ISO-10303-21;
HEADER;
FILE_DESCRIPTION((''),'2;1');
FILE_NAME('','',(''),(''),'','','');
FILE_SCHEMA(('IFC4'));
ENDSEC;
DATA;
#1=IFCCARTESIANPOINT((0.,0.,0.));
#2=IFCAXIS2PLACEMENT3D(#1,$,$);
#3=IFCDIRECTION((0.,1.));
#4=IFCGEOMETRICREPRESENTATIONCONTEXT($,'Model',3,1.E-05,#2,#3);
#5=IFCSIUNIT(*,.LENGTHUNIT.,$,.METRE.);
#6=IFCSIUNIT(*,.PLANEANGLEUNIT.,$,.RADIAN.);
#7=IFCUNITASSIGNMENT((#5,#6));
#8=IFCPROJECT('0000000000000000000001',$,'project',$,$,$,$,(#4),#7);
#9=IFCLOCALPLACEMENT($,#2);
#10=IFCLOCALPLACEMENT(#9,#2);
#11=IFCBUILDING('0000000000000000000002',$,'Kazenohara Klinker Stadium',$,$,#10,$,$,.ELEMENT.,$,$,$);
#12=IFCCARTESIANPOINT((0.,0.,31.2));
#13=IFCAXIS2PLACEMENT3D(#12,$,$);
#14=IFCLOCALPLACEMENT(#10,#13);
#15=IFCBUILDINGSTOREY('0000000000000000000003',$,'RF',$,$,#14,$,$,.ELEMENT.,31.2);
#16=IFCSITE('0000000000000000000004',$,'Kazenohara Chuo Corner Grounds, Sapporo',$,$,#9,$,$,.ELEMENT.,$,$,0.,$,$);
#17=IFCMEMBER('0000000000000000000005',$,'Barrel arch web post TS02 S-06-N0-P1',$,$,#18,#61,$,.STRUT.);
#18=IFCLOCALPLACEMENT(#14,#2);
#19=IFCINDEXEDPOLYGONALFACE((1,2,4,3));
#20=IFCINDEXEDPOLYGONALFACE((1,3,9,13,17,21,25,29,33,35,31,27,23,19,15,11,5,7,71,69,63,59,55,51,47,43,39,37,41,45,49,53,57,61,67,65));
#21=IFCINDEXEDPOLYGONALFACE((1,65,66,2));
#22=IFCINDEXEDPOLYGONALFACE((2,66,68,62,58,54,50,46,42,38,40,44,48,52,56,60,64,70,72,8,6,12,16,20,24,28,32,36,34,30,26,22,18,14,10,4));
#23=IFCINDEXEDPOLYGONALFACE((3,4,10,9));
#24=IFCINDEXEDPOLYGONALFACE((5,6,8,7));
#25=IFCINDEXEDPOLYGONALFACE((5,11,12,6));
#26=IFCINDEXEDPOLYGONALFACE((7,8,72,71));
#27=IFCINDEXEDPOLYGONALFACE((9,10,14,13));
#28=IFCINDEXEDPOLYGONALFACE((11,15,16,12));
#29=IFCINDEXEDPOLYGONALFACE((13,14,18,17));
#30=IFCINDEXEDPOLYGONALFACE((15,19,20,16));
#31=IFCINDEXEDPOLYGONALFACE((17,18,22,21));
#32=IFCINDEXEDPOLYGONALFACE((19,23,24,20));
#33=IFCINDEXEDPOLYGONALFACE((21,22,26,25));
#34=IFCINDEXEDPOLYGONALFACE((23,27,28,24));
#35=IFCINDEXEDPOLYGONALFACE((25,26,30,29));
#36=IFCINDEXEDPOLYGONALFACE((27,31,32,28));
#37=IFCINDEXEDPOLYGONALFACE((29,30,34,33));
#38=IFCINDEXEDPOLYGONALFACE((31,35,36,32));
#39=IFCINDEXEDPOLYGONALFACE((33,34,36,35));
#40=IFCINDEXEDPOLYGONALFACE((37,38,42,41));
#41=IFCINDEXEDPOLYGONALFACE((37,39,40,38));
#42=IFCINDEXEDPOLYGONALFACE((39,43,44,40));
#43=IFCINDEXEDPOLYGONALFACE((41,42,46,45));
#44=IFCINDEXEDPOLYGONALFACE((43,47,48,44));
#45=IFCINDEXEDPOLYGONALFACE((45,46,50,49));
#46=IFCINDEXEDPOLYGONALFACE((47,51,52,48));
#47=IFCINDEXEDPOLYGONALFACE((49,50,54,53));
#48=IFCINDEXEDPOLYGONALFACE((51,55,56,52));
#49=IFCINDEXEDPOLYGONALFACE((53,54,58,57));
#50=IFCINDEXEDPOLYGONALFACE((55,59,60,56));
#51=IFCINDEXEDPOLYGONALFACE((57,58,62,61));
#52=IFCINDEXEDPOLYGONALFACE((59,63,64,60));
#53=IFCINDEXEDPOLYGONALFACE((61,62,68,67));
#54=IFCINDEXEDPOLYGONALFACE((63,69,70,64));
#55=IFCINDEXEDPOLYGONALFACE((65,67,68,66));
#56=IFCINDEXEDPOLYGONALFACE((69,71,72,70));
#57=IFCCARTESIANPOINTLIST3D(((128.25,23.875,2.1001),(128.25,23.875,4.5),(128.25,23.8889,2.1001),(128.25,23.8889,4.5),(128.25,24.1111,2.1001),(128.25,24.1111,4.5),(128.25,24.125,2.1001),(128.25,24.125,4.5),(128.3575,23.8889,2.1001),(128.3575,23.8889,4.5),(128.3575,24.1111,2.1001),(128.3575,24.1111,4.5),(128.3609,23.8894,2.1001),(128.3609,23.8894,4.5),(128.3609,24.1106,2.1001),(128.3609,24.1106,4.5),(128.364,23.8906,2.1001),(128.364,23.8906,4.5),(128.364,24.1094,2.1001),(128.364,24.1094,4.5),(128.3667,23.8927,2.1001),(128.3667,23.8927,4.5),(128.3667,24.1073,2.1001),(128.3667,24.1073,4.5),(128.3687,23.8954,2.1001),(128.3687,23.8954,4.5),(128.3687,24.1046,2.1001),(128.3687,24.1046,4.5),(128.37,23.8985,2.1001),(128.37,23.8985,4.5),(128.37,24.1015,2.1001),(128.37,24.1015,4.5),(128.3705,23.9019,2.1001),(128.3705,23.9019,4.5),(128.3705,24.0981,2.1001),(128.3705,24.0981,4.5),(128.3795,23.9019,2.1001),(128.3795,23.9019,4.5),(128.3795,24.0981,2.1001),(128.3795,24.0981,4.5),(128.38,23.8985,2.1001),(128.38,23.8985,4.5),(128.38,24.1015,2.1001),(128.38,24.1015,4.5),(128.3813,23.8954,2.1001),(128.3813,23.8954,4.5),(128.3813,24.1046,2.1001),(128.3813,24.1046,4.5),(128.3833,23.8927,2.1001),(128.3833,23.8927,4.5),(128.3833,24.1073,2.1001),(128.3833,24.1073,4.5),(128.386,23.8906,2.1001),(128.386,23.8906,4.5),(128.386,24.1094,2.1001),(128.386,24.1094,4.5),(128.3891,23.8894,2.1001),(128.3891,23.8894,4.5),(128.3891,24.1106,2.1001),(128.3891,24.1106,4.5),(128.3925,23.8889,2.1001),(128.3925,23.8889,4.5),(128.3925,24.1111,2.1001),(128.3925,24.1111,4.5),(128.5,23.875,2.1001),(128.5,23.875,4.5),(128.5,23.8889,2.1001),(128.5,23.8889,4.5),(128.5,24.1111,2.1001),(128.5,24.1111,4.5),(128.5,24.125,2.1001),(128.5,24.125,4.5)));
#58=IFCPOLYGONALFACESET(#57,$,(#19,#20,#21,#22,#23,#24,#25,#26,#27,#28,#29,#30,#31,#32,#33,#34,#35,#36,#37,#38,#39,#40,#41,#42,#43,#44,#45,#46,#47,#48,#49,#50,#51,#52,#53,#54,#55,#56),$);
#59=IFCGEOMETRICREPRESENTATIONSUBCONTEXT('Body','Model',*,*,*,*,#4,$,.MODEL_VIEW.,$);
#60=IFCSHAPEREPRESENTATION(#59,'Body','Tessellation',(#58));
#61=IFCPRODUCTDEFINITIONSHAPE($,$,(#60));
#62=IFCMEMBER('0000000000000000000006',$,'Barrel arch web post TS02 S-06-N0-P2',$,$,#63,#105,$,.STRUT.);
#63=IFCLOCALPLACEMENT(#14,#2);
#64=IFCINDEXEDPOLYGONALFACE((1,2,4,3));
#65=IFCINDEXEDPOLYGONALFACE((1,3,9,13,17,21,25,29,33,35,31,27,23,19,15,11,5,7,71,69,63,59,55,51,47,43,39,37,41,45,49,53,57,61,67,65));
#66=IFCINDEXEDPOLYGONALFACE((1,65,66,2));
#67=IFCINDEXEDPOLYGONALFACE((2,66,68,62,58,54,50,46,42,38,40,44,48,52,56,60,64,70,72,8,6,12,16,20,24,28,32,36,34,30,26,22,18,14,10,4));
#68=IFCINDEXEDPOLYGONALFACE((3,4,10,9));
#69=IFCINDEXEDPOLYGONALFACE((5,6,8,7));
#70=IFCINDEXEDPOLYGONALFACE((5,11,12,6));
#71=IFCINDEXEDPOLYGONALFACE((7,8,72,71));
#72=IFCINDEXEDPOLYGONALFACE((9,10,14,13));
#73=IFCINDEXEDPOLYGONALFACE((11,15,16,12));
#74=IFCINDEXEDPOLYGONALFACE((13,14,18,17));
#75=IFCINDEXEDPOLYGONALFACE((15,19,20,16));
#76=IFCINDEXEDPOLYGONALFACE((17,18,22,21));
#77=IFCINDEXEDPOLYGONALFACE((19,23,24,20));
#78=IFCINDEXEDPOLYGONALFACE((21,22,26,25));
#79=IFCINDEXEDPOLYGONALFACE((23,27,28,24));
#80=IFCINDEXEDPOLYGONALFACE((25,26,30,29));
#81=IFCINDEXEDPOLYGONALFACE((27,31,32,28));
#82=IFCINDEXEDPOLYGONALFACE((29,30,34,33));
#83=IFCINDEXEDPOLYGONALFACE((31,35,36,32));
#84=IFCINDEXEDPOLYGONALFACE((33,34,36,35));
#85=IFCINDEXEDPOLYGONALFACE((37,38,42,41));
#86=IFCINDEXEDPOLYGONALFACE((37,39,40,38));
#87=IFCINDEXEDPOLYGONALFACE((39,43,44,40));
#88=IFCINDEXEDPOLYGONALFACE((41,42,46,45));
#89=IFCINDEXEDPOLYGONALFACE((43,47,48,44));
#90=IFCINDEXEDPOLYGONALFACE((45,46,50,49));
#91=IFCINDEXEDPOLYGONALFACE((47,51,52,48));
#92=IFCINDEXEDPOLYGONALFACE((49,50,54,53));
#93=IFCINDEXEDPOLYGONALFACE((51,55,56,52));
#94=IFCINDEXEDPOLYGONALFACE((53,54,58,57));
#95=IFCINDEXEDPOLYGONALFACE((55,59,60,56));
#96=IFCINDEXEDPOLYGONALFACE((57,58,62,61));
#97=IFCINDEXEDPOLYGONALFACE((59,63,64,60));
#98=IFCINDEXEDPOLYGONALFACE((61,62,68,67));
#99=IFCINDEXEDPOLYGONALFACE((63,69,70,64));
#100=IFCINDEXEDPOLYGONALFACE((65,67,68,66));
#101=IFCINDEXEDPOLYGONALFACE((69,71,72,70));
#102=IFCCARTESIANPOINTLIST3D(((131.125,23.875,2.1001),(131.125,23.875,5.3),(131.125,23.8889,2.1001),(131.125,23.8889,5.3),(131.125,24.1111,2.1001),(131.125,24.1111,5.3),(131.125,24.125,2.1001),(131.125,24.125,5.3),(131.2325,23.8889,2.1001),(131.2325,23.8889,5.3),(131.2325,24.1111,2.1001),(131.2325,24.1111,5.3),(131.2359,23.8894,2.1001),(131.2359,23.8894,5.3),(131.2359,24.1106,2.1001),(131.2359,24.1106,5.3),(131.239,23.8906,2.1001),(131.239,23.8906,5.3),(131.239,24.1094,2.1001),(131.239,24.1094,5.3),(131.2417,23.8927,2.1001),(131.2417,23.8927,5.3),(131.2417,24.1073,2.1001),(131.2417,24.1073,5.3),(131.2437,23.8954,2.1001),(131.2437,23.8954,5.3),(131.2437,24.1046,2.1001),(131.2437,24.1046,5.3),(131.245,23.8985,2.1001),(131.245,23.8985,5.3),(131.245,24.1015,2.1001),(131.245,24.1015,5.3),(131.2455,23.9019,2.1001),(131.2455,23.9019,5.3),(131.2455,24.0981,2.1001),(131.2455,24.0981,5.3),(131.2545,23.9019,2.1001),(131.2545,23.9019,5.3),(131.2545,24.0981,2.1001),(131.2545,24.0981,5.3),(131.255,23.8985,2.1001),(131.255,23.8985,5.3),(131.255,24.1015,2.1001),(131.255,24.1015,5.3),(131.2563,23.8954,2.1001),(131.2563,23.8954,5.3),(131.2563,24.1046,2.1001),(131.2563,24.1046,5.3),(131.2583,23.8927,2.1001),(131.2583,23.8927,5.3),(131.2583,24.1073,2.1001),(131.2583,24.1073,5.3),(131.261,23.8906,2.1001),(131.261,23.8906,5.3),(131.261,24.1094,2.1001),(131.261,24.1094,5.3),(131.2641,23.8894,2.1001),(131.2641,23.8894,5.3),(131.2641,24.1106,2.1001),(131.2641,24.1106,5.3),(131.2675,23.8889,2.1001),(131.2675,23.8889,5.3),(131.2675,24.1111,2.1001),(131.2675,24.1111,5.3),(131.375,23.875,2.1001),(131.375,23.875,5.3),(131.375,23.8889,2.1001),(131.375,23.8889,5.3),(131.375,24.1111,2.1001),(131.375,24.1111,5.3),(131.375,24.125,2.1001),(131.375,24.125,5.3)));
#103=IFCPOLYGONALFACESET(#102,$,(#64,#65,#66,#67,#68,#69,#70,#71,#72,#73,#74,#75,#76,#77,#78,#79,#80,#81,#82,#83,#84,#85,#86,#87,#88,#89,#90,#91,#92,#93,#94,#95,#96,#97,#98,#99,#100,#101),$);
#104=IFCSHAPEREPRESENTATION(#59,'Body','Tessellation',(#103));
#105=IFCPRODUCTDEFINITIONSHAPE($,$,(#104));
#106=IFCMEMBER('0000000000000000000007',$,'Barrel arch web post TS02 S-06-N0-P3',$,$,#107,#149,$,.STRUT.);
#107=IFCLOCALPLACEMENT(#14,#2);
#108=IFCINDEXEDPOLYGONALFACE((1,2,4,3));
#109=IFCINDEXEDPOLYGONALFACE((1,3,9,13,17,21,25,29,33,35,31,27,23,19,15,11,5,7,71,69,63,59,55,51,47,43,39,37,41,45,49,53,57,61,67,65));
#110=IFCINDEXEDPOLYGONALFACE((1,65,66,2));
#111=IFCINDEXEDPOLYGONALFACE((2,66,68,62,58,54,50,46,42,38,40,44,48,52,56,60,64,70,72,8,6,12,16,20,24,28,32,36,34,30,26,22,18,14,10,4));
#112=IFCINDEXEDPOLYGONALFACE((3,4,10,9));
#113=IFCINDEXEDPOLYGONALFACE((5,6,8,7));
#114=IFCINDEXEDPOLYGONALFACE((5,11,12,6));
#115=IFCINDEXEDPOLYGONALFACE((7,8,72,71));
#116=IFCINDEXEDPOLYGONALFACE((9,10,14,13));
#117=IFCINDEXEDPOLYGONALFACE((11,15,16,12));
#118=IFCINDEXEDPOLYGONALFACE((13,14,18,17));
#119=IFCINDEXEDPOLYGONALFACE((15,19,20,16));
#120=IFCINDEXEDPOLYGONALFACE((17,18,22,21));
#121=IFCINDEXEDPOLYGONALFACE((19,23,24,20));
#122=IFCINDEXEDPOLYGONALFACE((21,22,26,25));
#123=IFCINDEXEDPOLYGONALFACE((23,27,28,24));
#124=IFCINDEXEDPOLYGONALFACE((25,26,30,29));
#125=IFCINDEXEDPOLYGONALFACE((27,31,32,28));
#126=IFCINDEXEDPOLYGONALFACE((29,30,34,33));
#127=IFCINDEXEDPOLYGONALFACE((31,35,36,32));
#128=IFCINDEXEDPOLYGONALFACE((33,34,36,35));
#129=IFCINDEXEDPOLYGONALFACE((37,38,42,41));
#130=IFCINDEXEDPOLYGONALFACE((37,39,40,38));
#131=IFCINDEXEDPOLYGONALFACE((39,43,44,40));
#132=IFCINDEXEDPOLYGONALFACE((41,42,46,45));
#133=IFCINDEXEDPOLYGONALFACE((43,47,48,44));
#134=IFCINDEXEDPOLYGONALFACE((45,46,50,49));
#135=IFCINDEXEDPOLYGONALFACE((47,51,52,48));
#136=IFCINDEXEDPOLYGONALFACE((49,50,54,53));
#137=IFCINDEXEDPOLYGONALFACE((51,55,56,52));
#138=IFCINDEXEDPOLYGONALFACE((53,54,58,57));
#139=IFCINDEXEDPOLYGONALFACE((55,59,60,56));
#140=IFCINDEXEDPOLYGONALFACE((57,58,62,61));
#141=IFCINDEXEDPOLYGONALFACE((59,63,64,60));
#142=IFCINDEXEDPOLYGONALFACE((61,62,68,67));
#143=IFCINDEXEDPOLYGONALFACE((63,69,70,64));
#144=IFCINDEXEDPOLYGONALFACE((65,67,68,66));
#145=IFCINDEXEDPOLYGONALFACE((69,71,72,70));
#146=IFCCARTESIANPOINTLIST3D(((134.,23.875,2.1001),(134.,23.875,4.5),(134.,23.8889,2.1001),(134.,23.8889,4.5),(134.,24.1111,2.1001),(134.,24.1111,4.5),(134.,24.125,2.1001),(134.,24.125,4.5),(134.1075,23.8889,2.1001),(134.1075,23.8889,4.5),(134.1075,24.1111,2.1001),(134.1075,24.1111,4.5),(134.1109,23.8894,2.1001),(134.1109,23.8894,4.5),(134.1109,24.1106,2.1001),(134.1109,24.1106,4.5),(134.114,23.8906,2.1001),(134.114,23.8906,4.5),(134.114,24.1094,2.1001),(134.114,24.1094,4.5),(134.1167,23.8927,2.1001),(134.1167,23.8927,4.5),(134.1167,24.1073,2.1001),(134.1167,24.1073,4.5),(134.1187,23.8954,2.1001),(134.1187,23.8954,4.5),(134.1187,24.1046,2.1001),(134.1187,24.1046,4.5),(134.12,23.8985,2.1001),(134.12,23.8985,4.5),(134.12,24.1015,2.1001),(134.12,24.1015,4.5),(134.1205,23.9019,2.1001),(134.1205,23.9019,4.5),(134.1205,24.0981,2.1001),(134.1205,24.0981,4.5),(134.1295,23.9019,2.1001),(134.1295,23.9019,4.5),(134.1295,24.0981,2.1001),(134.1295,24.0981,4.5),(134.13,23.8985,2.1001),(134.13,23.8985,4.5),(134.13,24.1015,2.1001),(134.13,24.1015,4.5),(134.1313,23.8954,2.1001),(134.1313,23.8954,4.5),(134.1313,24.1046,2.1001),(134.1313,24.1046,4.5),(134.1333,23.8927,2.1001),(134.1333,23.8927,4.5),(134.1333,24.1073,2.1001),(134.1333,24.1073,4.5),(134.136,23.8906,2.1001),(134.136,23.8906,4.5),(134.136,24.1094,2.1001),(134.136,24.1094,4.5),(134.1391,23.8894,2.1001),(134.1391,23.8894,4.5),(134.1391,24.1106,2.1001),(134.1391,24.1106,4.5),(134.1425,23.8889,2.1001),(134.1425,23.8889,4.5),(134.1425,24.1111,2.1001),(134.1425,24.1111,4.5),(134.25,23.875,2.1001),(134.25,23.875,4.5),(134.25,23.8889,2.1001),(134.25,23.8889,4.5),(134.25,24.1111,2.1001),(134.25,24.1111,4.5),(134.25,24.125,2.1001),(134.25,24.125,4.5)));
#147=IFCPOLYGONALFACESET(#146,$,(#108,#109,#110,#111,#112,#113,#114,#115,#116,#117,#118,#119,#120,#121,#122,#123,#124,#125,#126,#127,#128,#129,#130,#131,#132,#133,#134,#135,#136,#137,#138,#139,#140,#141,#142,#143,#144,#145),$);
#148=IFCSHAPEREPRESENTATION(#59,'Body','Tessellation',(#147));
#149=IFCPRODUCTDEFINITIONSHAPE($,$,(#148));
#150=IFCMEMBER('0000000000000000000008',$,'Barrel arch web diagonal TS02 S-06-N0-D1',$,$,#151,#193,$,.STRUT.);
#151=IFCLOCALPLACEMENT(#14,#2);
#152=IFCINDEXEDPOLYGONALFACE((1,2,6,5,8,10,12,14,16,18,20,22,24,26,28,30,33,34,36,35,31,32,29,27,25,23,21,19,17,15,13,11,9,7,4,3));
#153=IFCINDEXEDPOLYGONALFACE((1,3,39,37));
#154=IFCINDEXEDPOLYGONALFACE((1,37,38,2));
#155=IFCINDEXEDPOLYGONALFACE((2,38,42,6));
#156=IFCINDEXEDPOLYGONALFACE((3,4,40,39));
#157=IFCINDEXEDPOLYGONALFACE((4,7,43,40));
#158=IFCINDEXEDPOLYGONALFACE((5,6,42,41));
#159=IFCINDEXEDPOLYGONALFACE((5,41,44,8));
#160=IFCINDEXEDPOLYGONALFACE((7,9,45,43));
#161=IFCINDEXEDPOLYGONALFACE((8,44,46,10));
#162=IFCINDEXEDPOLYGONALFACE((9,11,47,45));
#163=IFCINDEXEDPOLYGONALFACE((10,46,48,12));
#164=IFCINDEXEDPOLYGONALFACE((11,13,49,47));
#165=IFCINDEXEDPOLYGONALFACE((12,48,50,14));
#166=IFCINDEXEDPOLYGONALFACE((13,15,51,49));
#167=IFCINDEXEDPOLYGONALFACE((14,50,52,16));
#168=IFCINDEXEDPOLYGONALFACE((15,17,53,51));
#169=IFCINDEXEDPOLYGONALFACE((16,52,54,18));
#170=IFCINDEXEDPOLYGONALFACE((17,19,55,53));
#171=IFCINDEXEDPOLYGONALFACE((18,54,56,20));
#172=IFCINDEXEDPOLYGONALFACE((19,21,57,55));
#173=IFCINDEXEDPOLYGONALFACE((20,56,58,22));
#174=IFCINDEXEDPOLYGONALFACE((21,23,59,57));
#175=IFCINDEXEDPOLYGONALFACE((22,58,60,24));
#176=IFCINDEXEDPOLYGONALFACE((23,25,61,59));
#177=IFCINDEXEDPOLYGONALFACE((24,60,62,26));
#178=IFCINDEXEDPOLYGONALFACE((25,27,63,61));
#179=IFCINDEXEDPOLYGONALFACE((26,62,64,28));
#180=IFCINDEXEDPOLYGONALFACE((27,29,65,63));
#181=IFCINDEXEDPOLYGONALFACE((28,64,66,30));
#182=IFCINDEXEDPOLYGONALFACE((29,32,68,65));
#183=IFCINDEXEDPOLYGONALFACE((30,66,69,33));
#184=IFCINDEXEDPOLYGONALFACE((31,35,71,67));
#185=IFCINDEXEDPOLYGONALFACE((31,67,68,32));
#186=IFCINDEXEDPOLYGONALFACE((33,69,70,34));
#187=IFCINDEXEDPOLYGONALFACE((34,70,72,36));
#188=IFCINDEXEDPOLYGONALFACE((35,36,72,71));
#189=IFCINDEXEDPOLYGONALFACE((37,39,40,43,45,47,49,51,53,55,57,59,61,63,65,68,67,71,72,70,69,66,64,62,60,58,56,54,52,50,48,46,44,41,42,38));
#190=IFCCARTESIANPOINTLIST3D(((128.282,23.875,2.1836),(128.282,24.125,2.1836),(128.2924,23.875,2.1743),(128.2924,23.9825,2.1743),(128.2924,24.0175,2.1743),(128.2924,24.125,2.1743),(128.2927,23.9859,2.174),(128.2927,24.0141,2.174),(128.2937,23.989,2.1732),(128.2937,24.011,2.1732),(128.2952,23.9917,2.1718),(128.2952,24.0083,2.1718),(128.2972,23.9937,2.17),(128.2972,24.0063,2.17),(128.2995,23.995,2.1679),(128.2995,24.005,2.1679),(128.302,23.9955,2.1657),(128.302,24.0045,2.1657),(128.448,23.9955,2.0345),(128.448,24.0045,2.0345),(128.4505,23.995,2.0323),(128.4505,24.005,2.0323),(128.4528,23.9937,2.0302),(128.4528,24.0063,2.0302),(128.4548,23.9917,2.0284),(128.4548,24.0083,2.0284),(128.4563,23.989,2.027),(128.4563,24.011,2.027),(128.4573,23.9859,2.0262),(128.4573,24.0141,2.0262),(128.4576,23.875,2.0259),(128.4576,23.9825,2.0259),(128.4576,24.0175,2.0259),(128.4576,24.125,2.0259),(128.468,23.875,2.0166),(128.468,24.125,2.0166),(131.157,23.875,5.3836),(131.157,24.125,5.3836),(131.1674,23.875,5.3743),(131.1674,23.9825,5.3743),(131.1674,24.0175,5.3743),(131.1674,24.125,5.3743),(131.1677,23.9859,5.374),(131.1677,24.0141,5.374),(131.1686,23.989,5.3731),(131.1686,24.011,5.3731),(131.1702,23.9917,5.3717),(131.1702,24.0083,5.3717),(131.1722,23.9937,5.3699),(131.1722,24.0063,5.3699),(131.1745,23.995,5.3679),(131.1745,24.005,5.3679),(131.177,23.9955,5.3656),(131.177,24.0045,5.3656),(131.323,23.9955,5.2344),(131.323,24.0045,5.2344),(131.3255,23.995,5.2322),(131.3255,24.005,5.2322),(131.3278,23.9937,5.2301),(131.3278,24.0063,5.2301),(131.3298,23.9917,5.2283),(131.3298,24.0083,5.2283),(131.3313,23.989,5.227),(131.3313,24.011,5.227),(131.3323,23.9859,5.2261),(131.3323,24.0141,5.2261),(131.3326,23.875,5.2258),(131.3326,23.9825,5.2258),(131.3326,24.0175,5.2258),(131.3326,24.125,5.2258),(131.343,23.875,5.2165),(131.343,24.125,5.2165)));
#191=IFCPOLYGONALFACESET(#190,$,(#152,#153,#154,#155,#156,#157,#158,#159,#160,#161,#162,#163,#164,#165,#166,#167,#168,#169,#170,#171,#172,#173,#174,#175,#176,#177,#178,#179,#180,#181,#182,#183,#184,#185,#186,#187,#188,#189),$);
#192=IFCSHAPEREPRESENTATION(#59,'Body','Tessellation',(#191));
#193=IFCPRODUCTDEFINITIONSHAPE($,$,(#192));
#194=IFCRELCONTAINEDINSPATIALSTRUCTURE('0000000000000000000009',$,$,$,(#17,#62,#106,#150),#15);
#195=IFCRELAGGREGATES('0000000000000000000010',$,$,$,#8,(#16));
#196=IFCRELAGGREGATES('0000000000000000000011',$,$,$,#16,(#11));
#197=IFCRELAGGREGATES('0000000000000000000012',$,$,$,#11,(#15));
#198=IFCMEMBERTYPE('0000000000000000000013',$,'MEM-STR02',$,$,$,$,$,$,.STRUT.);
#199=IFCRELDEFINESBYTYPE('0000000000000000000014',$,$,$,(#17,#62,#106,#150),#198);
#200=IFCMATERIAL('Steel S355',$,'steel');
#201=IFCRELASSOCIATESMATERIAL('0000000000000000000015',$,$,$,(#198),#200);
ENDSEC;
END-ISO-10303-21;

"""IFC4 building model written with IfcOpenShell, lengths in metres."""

from ifc_helpers import new_model, si_unit, direction, frame, origin, origin_2d, place, context, subcontext, project, spatial, i_section, extrude, material, material_profile, profile_set, type_object, element, save


model = new_model("IFC4")

# Units and contexts
model_context = context("Model", 3, precision=1e-05, world=origin(), true_north=direction((0.0, 1.0)))
body_context = subcontext(model_context, "Body", "Model", "MODEL_VIEW")
ifc_project = project(units=[si_unit("LENGTHUNIT", "METRE"), si_unit("PLANEANGLEUNIT", "RADIAN")], contexts=[model_context])

# Site, building, storey
site_placement = place(None, origin())
site = spatial("IfcSite", under=ifc_project, at=site_placement, Name="Kazenohara Chuo Corner Grounds, Sapporo", CompositionType="ELEMENT", RefElevation=0.0)
building_placement = place(site_placement, origin())
building = spatial("IfcBuilding", under=site, at=building_placement, Name="Kazenohara Klinker Stadium", CompositionType="ELEMENT")
storey_placement = place(building_placement, frame((0.0, 0.0, 31.2)))
storey = spatial("IfcBuildingStorey", under=building, at=storey_placement, Name="RF", CompositionType="ELEMENT", Elevation=31.2)

# Members
ifc_material_1 = material(Name="Steel S355", Category="steel")
ifc_material_profile_1 = material_profile(ifc_material_1, i_section(OverallWidth=0.25, OverallDepth=0.25, WebThickness=0.009, FlangeThickness=0.0139, FilletRadius=0.0129, at=origin_2d()), Name="H-250x250x9x14")
ifc_profile_set_1 = profile_set([ifc_material_profile_1], Name="Steel S355")
member_type_1 = type_object("IfcMemberType", Name="MEM-STR02", PredefinedType="STRUT", material=ifc_profile_set_1)
member_1_placement = place(storey_placement, frame((128.375, 24.0, 2.1001), z_axis=(0.0, 0.0, 1.0), x_axis=(1.0, 0.0, 0.0)))
element("IfcMember", 1, at=member_1_placement, inside=storey, type_object=member_type_1, Name="Barrel arch web post TS02 S-06-N0-P1", PredefinedType="STRUT", context=body_context, shape_type="SweptSolid", body=[
    extrude(i_section(OverallWidth=0.25, OverallDepth=0.25, WebThickness=0.009, FlangeThickness=0.0139, FilletRadius=0.0129, at=origin_2d()), origin(), (0.0, 0.0, 1.0), 2.3999),
])
member_2_placement = place(storey_placement, frame((131.25, 24.0, 2.1001), z_axis=(0.0, 0.0, 1.0), x_axis=(1.0, 0.0, 0.0)))
element("IfcMember", 2, at=member_2_placement, inside=storey, type_object=member_type_1, Name="Barrel arch web post TS02 S-06-N0-P2", PredefinedType="STRUT", context=body_context, shape_type="SweptSolid", body=[
    extrude(i_section(OverallWidth=0.25, OverallDepth=0.25, WebThickness=0.009, FlangeThickness=0.0139, FilletRadius=0.0129, at=origin_2d()), origin(), (0.0, 0.0, 1.0), 3.2),
])
member_3_placement = place(storey_placement, frame((134.125, 24.0, 2.1001), z_axis=(0.0, 0.0, 1.0), x_axis=(1.0, 0.0, 0.0)))
element("IfcMember", 3, at=member_3_placement, inside=storey, type_object=member_type_1, Name="Barrel arch web post TS02 S-06-N0-P3", PredefinedType="STRUT", context=body_context, shape_type="SweptSolid", body=[
    extrude(i_section(OverallWidth=0.25, OverallDepth=0.25, WebThickness=0.009, FlangeThickness=0.0139, FilletRadius=0.0129, at=origin_2d()), origin(), (0.0, 0.0, 1.0), 2.3999),
])
for number, where, z_axis, x_axis, name in (
    (4, (128.375, 24.0, 2.1001), (0.668328, 0.0, 0.743867), (0.0, 1.0, 0.0), "Barrel arch web diagonal TS02 S-06-N0-D1"),
):
    element("IfcMember", number, at=place(storey_placement, frame(where, z_axis=z_axis, x_axis=x_axis)), inside=storey, type_object=member_type_1, Name=name, PredefinedType="STRUT", context=body_context, shape_type="SweptSolid", body=[
        extrude(i_section(OverallWidth=0.25, OverallDepth=0.25, WebThickness=0.009, FlangeThickness=0.0139, FilletRadius=0.0129, at=origin_2d()), origin(), (0.0, 0.0, 1.0), 4.3018),
    ])

save(model, "model.ifc")
